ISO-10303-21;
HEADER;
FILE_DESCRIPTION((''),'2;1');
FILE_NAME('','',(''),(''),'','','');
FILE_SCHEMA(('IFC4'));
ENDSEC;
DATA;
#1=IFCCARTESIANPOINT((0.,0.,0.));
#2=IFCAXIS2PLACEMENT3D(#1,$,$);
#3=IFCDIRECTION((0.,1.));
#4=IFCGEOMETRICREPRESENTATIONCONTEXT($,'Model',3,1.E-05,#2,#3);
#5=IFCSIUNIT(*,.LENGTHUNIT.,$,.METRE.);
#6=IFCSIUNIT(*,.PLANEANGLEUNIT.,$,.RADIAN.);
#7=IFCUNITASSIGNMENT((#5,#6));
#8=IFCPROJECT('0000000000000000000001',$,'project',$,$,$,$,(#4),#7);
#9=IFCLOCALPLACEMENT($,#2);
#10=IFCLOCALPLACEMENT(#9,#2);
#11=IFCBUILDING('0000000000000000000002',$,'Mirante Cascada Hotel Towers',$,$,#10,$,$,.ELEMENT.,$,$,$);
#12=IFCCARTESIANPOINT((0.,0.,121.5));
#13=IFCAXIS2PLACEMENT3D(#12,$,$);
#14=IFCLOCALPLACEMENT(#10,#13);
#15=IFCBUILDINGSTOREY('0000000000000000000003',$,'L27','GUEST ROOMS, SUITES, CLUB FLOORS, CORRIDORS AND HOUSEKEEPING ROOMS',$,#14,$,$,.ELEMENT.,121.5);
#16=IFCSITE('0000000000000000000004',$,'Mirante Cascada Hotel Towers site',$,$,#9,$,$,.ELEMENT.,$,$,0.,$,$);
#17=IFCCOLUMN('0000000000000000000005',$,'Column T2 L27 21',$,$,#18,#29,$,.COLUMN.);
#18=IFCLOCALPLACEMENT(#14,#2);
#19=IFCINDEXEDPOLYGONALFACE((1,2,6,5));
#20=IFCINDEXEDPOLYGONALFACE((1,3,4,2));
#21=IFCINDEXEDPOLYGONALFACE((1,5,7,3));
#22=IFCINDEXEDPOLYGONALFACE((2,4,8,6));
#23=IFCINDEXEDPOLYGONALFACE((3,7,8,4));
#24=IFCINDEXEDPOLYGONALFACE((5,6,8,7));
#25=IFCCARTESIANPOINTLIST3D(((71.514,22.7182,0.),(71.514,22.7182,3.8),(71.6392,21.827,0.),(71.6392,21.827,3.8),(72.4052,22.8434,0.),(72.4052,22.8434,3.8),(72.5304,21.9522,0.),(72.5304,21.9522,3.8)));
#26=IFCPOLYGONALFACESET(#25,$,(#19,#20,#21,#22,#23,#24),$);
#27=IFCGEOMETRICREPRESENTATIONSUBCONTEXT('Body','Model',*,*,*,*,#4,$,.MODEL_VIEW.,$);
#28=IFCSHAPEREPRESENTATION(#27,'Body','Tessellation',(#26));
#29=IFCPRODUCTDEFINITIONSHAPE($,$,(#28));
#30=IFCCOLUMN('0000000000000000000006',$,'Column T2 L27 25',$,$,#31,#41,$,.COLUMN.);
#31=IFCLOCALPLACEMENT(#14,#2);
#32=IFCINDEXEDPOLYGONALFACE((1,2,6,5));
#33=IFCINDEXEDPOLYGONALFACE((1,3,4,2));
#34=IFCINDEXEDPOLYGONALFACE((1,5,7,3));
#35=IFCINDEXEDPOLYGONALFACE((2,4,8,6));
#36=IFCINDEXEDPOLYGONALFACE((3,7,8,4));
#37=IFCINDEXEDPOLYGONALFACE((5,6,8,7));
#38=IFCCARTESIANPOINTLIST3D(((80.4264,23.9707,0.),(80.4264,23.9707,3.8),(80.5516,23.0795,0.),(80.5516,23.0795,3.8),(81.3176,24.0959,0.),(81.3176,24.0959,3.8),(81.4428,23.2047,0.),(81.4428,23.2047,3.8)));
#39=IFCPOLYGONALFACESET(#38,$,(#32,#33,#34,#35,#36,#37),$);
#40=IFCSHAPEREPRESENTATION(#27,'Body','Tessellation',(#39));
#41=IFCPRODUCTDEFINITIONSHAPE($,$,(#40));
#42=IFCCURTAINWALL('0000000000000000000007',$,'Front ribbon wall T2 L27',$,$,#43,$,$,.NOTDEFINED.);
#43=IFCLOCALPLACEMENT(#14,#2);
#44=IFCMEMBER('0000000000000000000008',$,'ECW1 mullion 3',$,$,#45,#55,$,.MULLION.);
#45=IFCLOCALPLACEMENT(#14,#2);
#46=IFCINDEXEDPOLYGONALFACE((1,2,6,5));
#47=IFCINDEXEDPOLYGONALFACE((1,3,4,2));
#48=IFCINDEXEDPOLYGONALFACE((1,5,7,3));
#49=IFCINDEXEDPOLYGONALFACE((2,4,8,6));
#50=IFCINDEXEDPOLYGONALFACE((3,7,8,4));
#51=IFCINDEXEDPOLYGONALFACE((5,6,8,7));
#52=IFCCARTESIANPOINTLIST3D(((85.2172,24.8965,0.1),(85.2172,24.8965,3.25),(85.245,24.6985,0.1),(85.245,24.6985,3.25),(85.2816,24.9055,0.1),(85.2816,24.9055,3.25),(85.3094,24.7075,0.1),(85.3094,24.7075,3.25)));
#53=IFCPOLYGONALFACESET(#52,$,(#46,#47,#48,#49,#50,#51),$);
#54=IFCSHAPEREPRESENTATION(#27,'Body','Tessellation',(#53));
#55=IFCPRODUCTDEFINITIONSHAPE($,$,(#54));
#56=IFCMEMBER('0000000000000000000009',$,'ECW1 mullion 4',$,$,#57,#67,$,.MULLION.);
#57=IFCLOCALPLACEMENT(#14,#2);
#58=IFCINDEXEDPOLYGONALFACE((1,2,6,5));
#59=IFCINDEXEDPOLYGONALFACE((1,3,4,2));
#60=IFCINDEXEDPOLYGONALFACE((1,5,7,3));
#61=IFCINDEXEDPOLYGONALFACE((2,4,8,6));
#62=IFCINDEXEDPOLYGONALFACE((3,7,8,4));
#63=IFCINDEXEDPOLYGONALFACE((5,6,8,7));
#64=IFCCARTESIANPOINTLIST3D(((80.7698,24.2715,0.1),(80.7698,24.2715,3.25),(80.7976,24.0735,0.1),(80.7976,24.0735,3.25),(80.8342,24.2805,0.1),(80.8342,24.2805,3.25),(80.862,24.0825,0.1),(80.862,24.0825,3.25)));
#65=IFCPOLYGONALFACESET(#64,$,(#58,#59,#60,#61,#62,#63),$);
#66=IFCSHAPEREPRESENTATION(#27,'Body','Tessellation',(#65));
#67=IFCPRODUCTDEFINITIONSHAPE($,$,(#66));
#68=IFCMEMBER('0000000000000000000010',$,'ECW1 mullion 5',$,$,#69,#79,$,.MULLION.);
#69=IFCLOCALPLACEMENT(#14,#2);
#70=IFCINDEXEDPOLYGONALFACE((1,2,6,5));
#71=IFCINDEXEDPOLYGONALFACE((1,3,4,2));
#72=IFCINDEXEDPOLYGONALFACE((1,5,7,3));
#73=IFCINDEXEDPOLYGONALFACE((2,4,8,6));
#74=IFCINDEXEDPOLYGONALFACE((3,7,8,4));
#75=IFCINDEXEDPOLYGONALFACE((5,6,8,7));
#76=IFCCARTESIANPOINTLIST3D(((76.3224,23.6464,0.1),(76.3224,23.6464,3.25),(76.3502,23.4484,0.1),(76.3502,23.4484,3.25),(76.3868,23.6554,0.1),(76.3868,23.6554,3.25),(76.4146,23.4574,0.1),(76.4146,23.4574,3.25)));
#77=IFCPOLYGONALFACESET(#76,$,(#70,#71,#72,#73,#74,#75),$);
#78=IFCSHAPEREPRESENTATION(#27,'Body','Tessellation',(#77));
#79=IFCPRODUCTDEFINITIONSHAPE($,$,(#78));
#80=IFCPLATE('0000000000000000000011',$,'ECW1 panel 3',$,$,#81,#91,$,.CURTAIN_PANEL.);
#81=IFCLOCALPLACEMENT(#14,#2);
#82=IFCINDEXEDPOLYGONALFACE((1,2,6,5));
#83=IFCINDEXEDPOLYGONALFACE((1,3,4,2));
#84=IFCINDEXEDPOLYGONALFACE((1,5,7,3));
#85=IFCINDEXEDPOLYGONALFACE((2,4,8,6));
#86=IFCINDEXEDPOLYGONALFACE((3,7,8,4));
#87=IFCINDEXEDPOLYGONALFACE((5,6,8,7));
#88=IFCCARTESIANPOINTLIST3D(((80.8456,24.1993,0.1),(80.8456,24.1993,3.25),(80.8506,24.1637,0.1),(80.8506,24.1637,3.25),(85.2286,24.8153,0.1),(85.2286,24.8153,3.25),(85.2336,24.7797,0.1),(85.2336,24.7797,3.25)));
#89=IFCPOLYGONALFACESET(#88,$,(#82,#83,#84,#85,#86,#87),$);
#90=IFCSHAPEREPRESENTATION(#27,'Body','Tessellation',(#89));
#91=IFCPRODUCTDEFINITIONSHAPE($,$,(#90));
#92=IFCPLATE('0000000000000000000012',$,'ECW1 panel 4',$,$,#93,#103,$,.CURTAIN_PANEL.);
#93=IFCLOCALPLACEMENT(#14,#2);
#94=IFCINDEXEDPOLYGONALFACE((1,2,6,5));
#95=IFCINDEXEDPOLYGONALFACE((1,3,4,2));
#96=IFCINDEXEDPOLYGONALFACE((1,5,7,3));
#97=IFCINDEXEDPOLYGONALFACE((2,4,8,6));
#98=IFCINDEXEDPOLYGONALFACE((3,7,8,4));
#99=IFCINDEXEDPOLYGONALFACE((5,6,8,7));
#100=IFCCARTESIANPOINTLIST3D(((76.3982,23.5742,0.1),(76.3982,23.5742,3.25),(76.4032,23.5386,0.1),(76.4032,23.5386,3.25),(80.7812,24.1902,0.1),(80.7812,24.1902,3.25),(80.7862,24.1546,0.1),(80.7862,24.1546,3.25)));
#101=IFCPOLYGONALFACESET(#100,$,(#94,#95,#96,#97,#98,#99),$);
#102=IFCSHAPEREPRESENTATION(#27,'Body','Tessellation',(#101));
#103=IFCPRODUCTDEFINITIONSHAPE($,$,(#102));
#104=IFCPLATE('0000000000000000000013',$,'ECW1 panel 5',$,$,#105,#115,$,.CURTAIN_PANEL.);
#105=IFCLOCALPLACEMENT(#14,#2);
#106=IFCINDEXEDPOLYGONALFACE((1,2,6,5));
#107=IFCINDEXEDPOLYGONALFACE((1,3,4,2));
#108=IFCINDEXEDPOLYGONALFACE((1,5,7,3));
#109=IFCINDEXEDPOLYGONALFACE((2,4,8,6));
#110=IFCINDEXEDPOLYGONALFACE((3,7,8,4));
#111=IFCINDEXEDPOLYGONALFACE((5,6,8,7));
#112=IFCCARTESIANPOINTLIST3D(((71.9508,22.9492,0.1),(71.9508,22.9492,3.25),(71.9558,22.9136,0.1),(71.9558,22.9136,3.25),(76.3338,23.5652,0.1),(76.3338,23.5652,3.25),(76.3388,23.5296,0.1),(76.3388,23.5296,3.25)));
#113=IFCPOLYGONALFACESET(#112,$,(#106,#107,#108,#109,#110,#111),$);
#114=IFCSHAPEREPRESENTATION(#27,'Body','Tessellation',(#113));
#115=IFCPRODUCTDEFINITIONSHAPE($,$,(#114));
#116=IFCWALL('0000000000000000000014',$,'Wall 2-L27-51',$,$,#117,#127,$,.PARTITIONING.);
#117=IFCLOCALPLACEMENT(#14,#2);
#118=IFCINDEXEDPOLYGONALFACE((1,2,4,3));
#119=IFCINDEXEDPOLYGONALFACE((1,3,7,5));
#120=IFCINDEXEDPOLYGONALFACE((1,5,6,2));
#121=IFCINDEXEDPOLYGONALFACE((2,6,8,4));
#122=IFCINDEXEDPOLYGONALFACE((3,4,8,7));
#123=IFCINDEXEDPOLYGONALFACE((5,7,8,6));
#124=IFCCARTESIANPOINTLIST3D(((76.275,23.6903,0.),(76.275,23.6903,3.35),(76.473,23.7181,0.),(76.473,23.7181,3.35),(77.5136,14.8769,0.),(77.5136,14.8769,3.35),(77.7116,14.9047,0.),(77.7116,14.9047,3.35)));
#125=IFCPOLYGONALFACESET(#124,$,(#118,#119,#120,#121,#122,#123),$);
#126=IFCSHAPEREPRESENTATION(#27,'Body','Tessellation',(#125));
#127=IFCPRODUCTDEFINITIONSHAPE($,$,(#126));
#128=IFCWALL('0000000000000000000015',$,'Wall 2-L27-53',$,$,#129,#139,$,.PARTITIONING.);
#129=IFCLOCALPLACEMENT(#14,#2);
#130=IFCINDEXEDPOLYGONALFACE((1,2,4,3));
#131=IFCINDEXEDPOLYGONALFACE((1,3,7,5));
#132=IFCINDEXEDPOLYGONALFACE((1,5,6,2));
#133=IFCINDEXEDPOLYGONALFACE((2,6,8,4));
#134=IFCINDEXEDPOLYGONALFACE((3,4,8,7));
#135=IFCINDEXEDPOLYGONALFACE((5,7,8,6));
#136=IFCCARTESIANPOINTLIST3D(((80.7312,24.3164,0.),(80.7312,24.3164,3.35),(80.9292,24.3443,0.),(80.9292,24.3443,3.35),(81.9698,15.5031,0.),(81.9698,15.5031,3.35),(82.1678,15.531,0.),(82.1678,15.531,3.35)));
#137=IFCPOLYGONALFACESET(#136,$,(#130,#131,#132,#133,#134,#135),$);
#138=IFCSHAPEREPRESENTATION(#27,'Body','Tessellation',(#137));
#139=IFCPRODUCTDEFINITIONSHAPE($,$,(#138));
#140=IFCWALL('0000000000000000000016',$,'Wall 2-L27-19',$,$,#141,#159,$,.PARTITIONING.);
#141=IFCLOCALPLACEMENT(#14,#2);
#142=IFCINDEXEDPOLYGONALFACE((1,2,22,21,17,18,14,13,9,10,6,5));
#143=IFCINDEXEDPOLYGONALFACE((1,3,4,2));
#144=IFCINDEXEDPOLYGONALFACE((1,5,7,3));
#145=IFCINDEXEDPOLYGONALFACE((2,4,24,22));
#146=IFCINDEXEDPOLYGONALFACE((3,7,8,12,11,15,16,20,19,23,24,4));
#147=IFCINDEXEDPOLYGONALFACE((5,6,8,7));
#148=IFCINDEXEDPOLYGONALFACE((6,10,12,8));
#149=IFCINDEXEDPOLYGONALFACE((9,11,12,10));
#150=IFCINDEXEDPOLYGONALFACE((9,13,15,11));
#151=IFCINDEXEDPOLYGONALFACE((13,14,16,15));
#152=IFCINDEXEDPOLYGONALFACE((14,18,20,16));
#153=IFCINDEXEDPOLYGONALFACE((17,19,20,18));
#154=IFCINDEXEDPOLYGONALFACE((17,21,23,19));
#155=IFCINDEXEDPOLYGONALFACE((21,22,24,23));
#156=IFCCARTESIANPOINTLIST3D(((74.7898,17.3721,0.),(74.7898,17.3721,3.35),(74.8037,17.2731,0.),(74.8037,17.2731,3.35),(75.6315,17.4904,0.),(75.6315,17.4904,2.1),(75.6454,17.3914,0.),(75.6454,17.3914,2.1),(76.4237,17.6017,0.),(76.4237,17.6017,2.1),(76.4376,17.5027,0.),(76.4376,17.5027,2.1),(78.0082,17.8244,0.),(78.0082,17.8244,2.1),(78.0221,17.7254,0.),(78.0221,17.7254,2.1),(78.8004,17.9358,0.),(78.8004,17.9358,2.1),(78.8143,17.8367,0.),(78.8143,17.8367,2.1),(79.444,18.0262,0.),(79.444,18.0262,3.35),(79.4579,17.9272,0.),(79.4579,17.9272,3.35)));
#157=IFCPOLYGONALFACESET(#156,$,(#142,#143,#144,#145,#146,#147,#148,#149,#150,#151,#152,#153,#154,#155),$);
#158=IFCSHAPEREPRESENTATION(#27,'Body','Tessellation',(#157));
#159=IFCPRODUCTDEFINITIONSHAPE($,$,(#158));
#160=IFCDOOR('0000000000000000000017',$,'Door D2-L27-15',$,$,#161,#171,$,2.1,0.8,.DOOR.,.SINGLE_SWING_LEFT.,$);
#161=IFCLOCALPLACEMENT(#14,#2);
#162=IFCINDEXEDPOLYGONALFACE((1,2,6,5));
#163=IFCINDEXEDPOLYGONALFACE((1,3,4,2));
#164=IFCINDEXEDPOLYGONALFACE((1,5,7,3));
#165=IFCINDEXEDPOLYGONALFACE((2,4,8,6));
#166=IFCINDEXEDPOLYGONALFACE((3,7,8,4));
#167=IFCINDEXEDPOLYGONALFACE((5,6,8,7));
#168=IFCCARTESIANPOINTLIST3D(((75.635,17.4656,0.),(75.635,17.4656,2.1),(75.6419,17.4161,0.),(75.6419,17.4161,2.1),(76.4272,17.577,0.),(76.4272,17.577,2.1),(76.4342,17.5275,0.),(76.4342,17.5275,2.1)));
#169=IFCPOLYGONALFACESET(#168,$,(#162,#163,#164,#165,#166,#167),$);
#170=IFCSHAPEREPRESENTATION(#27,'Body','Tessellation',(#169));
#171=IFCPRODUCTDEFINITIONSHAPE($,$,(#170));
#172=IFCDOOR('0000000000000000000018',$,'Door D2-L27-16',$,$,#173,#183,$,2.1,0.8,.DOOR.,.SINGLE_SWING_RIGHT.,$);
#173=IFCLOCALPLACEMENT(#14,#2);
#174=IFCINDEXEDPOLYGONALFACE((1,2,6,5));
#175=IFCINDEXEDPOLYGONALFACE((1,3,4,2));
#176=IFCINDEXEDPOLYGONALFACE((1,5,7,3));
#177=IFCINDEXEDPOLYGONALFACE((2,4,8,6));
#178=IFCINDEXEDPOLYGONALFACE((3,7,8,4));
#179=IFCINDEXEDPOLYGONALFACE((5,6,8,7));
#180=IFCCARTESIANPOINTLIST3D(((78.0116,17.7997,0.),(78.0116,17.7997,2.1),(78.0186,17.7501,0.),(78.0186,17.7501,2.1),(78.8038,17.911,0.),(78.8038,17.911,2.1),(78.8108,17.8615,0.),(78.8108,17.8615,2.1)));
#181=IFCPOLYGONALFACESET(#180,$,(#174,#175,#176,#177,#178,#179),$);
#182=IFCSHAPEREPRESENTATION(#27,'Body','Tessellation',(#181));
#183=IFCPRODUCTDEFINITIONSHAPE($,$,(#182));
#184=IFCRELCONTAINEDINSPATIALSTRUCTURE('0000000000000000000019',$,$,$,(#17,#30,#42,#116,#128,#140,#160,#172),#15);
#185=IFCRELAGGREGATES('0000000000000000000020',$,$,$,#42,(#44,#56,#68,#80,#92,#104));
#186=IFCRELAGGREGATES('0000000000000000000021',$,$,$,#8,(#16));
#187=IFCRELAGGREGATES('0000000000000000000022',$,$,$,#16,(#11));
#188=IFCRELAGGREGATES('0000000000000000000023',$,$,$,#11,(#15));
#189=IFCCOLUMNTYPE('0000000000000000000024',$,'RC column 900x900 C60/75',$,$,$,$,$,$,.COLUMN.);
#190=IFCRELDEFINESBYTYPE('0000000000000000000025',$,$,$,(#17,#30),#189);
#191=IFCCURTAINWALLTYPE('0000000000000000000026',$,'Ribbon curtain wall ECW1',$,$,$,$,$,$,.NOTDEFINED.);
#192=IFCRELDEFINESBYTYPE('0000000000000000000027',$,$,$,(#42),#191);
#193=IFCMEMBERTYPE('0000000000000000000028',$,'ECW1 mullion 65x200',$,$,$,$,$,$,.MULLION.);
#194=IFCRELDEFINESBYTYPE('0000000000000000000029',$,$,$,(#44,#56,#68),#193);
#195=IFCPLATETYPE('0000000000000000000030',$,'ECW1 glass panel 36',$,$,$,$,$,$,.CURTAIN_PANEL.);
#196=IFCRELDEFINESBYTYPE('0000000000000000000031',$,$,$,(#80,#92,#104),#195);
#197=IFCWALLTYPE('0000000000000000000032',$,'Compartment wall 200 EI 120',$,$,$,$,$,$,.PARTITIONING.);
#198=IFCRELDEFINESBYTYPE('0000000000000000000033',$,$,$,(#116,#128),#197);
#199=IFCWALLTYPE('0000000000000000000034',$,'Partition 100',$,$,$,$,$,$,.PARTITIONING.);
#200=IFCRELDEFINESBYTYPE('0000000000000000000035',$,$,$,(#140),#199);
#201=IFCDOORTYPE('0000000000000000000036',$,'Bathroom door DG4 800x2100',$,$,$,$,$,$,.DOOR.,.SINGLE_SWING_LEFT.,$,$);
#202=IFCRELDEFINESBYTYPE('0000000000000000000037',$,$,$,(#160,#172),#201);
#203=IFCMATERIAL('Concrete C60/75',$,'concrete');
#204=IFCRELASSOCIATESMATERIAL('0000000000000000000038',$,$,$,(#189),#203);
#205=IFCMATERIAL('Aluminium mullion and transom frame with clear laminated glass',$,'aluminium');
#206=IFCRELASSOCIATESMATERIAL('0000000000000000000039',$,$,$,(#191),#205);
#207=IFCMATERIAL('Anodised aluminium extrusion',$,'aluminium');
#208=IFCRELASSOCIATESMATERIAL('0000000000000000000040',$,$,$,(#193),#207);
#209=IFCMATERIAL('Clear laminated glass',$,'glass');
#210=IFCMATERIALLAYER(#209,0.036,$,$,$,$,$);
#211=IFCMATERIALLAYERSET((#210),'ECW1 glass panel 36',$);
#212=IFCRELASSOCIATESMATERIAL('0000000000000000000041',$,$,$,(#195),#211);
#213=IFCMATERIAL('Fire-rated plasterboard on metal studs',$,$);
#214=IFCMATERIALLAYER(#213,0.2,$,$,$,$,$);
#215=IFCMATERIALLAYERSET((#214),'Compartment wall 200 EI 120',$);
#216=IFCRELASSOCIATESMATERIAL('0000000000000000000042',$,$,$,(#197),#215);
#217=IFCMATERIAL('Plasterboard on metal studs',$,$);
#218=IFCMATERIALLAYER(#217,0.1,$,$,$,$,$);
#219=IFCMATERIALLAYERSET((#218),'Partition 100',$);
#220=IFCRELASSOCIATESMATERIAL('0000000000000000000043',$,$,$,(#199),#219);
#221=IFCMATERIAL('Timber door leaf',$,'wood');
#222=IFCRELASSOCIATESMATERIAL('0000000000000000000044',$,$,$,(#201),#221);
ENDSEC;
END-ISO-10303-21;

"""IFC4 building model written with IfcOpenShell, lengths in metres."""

from ifc_helpers import new_model, si_unit, direction, frame, frame_2d, origin, origin_2d, place, context, subcontext, project, spatial, rectangle, extrude, material, layer, layer_set, material_profile, profile_set, type_object, element, fill, aggregate, save


model = new_model("IFC4")

# Units and contexts
model_context = context("Model", 3, precision=1e-05, world=origin(), true_north=direction((0.0, 1.0)))
body_context = subcontext(model_context, "Body", "Model", "MODEL_VIEW")
ifc_project = project(units=[si_unit("LENGTHUNIT", "METRE"), si_unit("PLANEANGLEUNIT", "RADIAN")], contexts=[model_context])

# Site, building, storey
site_placement = place(None, origin())
site = spatial("IfcSite", under=ifc_project, at=site_placement, Name="Mirante Cascada Hotel Towers site", CompositionType="ELEMENT", RefElevation=0.0)
building_placement = place(site_placement, origin())
building = spatial("IfcBuilding", under=site, at=building_placement, Name="Mirante Cascada Hotel Towers", CompositionType="ELEMENT")
storey_placement = place(building_placement, frame((0.0, 0.0, 121.5)))
storey = spatial("IfcBuildingStorey", under=building, at=storey_placement, Name="L27", Description="GUEST ROOMS, SUITES, CLUB FLOORS, CORRIDORS AND HOUSEKEEPING ROOMS", CompositionType="ELEMENT", Elevation=121.5)

# Columns
ifc_material_1 = material(Name="Concrete C60/75", Category="concrete")
ifc_material_profile_1 = material_profile(ifc_material_1, rectangle(XDim=0.9, YDim=0.9, at=origin_2d()), Name="RC column 900x900 C60/75")
ifc_profile_set_1 = profile_set([ifc_material_profile_1], Name="Concrete C60/75")
column_type = type_object("IfcColumnType", Name="RC column 900x900 C60/75", PredefinedType="COLUMN", material=ifc_profile_set_1)
for number, where, z_axis, x_axis, name in (
    (1, (72.0222, 22.3352, 0.0), (0.0, 0.0, 1.0), (0.990268, 0.139173, 0.0), "Column T2 L27 21"),
    (2, (80.9346, 23.5877, 0.0), (0.0, 0.0, 1.0), (0.990268, 0.139173, 0.0), "Column T2 L27 25"),
):
    element("IfcColumn", number, at=place(storey_placement, frame(where, z_axis=z_axis, x_axis=x_axis)), inside=storey, type_object=column_type, Name=name, PredefinedType="COLUMN", context=body_context, shape_type="SweptSolid", body=[
        extrude(rectangle(XDim=0.9, YDim=0.9, at=origin_2d()), origin(), (0.0, 0.0, 1.0), 3.8),
    ])

# Curtain wall, members, plates
ifc_material_2 = material(Name="Aluminium mullion and transom frame with clear laminated glass", Category="aluminium")
curtain_wall_type = type_object("IfcCurtainWallType", Name="Ribbon curtain wall ECW1", PredefinedType="NOTDEFINED", material=ifc_material_2)
curtain_wall_placement = place(storey_placement, origin())
curtain_wall = element("IfcCurtainWall", 3, at=curtain_wall_placement, inside=storey, type_object=curtain_wall_type, Name="Front ribbon wall T2 L27", PredefinedType="NOTDEFINED")
ifc_material_3 = material(Name="Anodised aluminium extrusion", Category="aluminium")
ifc_material_profile_2 = material_profile(ifc_material_3, rectangle(XDim=0.2, YDim=0.065, at=origin_2d()), Name="ECW1 MULLION 65x200")
ifc_profile_set_2 = profile_set([ifc_material_profile_2], Name="Anodised aluminium extrusion")
member_type = type_object("IfcMemberType", Name="ECW1 mullion 65x200", PredefinedType="MULLION", material=ifc_profile_set_2)
member_1_placement = place(storey_placement, frame((85.2633, 24.802, 0.1), z_axis=(0.0, 0.0, 1.0), x_axis=(0.139173, -0.990268, 0.0)))
member_1 = element("IfcMember", 4, at=member_1_placement, type_object=member_type, Name="ECW1 mullion 3", PredefinedType="MULLION", context=body_context, shape_type="SweptSolid", body=[
    extrude(rectangle(XDim=0.2, YDim=0.065, at=origin_2d()), origin(), (0.0, 0.0, 1.0), 3.15),
])
member_2_placement = place(storey_placement, frame((80.8159, 24.177, 0.1), z_axis=(0.0, 0.0, 1.0), x_axis=(0.139173, -0.990268, 0.0)))
member_2 = element("IfcMember", 5, at=member_2_placement, type_object=member_type, Name="ECW1 mullion 4", PredefinedType="MULLION", context=body_context, shape_type="SweptSolid", body=[
    extrude(rectangle(XDim=0.2, YDim=0.065, at=origin_2d()), origin(), (0.0, 0.0, 1.0), 3.15),
])
member_3_placement = place(storey_placement, frame((76.3685, 23.5519, 0.1), z_axis=(0.0, 0.0, 1.0), x_axis=(0.139173, -0.990268, 0.0)))
member_3 = element("IfcMember", 6, at=member_3_placement, type_object=member_type, Name="ECW1 mullion 5", PredefinedType="MULLION", context=body_context, shape_type="SweptSolid", body=[
    extrude(rectangle(XDim=0.2, YDim=0.065, at=origin_2d()), origin(), (0.0, 0.0, 1.0), 3.15),
])
ifc_material_4 = material(Name="Clear laminated glass", Category="glass")
ifc_layer_1 = layer(ifc_material_4, 0.036)
ifc_layer_set_1 = layer_set([ifc_layer_1], Name="ECW1 glass panel 36")
plate_type = type_object("IfcPlateType", Name="ECW1 glass panel 36", PredefinedType="CURTAIN_PANEL", material=ifc_layer_set_1)
plate_1_placement = place(storey_placement, frame((83.0396, 24.4895, 0.1), z_axis=(0.0, 0.0, 1.0), x_axis=(-0.990268, -0.139173, 0.0)))
plate_1 = element("IfcPlate", 7, at=plate_1_placement, type_object=plate_type, Name="ECW1 panel 3", PredefinedType="CURTAIN_PANEL", context=body_context, shape_type="SweptSolid", body=[
    extrude(rectangle(XDim=4.4261, YDim=0.036, at=origin_2d()), origin(), (0.0, 0.0, 1.0), 3.15),
])
plate_2_placement = place(storey_placement, frame((78.5922, 23.8644, 0.1), z_axis=(0.0, 0.0, 1.0), x_axis=(-0.990268, -0.139173, 0.0)))
plate_2 = element("IfcPlate", 8, at=plate_2_placement, type_object=plate_type, Name="ECW1 panel 4", PredefinedType="CURTAIN_PANEL", context=body_context, shape_type="SweptSolid", body=[
    extrude(rectangle(XDim=4.4261, YDim=0.036, at=origin_2d()), origin(), (0.0, 0.0, 1.0), 3.15),
])
plate_3_placement = place(storey_placement, frame((74.1448, 23.2394, 0.1), z_axis=(0.0, 0.0, 1.0), x_axis=(-0.990268, -0.139173, 0.0)))
plate_3 = element("IfcPlate", 9, at=plate_3_placement, type_object=plate_type, Name="ECW1 panel 5", PredefinedType="CURTAIN_PANEL", context=body_context, shape_type="SweptSolid", body=[
    extrude(rectangle(XDim=4.4261, YDim=0.036, at=origin_2d()), origin(), (0.0, 0.0, 1.0), 3.15),
])
aggregate(curtain_wall, [member_1, member_2, member_3, plate_1, plate_2, plate_3])

# Walls
ifc_material_5 = material(Name="Fire-rated plasterboard on metal studs")
ifc_layer_2 = layer(ifc_material_5, 0.2)
ifc_layer_set_2 = layer_set([ifc_layer_2], Name="Compartment wall 200 EI 120")
wall_type_1 = type_object("IfcWallType", Name="Compartment wall 200 EI 120", PredefinedType="PARTITIONING", material=ifc_layer_set_2)
wall_1_placement = place(storey_placement, frame((76.374, 23.7042, 0.0), z_axis=(0.0, 0.0, 1.0), x_axis=(0.139168, -0.990269, 0.0)))
element("IfcWall", 10, at=wall_1_placement, inside=storey, type_object=wall_type_1, Name="Wall 2-L27-51", PredefinedType="PARTITIONING", context=body_context, shape_type="SweptSolid", body=[
    extrude(rectangle(XDim=8.9, YDim=0.2, at=frame_2d((4.45, 0.0))), origin(), (0.0, 0.0, 1.0), 3.35),
])
wall_2_placement = place(storey_placement, frame((80.8302, 24.3304, 0.0), z_axis=(0.0, 0.0, 1.0), x_axis=(0.13917, -0.990268, 0.0)))
element("IfcWall", 11, at=wall_2_placement, inside=storey, type_object=wall_type_1, Name="Wall 2-L27-53", PredefinedType="PARTITIONING", context=body_context, shape_type="SweptSolid", body=[
    extrude(rectangle(XDim=8.8999, YDim=0.2, at=frame_2d((4.45, 0.0))), origin(), (0.0, 0.0, 1.0), 3.35),
])

# Wall, openings, doors
ifc_material_6 = material(Name="Plasterboard on metal studs")
ifc_layer_3 = layer(ifc_material_6, 0.1)
ifc_layer_set_3 = layer_set([ifc_layer_3], Name="Partition 100")
wall_type_2 = type_object("IfcWallType", Name="Partition 100", PredefinedType="PARTITIONING", material=ifc_layer_set_3)
wall_3_placement = place(storey_placement, frame((79.451, 17.9767, 0.0), z_axis=(0.0, 0.0, 1.0), x_axis=(-0.990268, -0.139172, 0.0)))
wall_3 = element("IfcWall", 12, at=wall_3_placement, inside=storey, type_object=wall_type_2, Name="Wall 2-L27-19", PredefinedType="PARTITIONING", context=body_context, shape_type="SweptSolid", body=[
    extrude(rectangle(XDim=4.6999, YDim=0.1, at=frame_2d((2.35, 0.0))), origin(), (0.0, 0.0, 1.0), 3.35),
])
opening_1_placement = place(wall_3_placement, frame((3.05, 0.0, 0.0)))
opening_1 = element("IfcOpeningElement", 13, at=opening_1_placement, cuts=wall_3, PredefinedType="OPENING", context=body_context, shape_type="SweptSolid", body=[
    extrude(rectangle(XDim=0.8, YDim=2.1, at=frame_2d((0.4, 1.05))), frame((0.0, 0.05, 0.0), z_axis=(0.0, -1.0, 0.0), x_axis=(1.0, 0.0, 0.0)), (0.0, 0.0, 1.0), 0.1),
])
opening_2_placement = place(wall_3_placement, frame((0.65, 0.0, 0.0)))
opening_2 = element("IfcOpeningElement", 14, at=opening_2_placement, cuts=wall_3, PredefinedType="OPENING", context=body_context, shape_type="SweptSolid", body=[
    extrude(rectangle(XDim=0.8, YDim=2.1, at=frame_2d((0.4, 1.05))), frame((0.0, 0.05, 0.0), z_axis=(0.0, -1.0, 0.0), x_axis=(1.0, 0.0, 0.0)), (0.0, 0.0, 1.0), 0.1),
])
ifc_material_7 = material(Name="Timber door leaf", Category="wood")
door_type = type_object("IfcDoorType", Name="Bathroom door DG4 800x2100", OperationType="SINGLE_SWING_LEFT", PredefinedType="DOOR", material=ifc_material_7)
door_1_placement = place(opening_1_placement, origin())
door_1 = element("IfcDoor", 15, at=door_1_placement, inside=storey, type_object=door_type, Name="Door D2-L27-15", OperationType="SINGLE_SWING_LEFT", OverallHeight=2.1, OverallWidth=0.8, PredefinedType="DOOR", context=body_context, shape_type="SweptSolid", body=[
    extrude(rectangle(XDim=0.8, YDim=2.1, at=frame_2d((0.4, 1.05))), frame((0.0, 0.025, 0.0), z_axis=(0.0, -1.0, 0.0), x_axis=(1.0, 0.0, 0.0)), (0.0, 0.0, 1.0), 0.05),
])
fill(opening_1, door_1)
door_2_placement = place(opening_2_placement, frame((0.8, 0.0, 0.0), z_axis=(0.0, 0.0, 1.0), x_axis=(-1.0, 0.0, 0.0)))
door_2 = element("IfcDoor", 16, at=door_2_placement, inside=storey, type_object=door_type, Name="Door D2-L27-16", OperationType="SINGLE_SWING_RIGHT", OverallHeight=2.1, OverallWidth=0.8, PredefinedType="DOOR", context=body_context, shape_type="SweptSolid", body=[
    extrude(rectangle(XDim=0.8, YDim=2.1, at=frame_2d((0.4, 1.05))), frame((0.0, 0.025, 0.0), z_axis=(0.0, -1.0, 0.0), x_axis=(1.0, 0.0, 0.0)), (0.0, 0.0, 1.0), 0.05),
])
fill(opening_2, door_2)

save(model, "model.ifc")
